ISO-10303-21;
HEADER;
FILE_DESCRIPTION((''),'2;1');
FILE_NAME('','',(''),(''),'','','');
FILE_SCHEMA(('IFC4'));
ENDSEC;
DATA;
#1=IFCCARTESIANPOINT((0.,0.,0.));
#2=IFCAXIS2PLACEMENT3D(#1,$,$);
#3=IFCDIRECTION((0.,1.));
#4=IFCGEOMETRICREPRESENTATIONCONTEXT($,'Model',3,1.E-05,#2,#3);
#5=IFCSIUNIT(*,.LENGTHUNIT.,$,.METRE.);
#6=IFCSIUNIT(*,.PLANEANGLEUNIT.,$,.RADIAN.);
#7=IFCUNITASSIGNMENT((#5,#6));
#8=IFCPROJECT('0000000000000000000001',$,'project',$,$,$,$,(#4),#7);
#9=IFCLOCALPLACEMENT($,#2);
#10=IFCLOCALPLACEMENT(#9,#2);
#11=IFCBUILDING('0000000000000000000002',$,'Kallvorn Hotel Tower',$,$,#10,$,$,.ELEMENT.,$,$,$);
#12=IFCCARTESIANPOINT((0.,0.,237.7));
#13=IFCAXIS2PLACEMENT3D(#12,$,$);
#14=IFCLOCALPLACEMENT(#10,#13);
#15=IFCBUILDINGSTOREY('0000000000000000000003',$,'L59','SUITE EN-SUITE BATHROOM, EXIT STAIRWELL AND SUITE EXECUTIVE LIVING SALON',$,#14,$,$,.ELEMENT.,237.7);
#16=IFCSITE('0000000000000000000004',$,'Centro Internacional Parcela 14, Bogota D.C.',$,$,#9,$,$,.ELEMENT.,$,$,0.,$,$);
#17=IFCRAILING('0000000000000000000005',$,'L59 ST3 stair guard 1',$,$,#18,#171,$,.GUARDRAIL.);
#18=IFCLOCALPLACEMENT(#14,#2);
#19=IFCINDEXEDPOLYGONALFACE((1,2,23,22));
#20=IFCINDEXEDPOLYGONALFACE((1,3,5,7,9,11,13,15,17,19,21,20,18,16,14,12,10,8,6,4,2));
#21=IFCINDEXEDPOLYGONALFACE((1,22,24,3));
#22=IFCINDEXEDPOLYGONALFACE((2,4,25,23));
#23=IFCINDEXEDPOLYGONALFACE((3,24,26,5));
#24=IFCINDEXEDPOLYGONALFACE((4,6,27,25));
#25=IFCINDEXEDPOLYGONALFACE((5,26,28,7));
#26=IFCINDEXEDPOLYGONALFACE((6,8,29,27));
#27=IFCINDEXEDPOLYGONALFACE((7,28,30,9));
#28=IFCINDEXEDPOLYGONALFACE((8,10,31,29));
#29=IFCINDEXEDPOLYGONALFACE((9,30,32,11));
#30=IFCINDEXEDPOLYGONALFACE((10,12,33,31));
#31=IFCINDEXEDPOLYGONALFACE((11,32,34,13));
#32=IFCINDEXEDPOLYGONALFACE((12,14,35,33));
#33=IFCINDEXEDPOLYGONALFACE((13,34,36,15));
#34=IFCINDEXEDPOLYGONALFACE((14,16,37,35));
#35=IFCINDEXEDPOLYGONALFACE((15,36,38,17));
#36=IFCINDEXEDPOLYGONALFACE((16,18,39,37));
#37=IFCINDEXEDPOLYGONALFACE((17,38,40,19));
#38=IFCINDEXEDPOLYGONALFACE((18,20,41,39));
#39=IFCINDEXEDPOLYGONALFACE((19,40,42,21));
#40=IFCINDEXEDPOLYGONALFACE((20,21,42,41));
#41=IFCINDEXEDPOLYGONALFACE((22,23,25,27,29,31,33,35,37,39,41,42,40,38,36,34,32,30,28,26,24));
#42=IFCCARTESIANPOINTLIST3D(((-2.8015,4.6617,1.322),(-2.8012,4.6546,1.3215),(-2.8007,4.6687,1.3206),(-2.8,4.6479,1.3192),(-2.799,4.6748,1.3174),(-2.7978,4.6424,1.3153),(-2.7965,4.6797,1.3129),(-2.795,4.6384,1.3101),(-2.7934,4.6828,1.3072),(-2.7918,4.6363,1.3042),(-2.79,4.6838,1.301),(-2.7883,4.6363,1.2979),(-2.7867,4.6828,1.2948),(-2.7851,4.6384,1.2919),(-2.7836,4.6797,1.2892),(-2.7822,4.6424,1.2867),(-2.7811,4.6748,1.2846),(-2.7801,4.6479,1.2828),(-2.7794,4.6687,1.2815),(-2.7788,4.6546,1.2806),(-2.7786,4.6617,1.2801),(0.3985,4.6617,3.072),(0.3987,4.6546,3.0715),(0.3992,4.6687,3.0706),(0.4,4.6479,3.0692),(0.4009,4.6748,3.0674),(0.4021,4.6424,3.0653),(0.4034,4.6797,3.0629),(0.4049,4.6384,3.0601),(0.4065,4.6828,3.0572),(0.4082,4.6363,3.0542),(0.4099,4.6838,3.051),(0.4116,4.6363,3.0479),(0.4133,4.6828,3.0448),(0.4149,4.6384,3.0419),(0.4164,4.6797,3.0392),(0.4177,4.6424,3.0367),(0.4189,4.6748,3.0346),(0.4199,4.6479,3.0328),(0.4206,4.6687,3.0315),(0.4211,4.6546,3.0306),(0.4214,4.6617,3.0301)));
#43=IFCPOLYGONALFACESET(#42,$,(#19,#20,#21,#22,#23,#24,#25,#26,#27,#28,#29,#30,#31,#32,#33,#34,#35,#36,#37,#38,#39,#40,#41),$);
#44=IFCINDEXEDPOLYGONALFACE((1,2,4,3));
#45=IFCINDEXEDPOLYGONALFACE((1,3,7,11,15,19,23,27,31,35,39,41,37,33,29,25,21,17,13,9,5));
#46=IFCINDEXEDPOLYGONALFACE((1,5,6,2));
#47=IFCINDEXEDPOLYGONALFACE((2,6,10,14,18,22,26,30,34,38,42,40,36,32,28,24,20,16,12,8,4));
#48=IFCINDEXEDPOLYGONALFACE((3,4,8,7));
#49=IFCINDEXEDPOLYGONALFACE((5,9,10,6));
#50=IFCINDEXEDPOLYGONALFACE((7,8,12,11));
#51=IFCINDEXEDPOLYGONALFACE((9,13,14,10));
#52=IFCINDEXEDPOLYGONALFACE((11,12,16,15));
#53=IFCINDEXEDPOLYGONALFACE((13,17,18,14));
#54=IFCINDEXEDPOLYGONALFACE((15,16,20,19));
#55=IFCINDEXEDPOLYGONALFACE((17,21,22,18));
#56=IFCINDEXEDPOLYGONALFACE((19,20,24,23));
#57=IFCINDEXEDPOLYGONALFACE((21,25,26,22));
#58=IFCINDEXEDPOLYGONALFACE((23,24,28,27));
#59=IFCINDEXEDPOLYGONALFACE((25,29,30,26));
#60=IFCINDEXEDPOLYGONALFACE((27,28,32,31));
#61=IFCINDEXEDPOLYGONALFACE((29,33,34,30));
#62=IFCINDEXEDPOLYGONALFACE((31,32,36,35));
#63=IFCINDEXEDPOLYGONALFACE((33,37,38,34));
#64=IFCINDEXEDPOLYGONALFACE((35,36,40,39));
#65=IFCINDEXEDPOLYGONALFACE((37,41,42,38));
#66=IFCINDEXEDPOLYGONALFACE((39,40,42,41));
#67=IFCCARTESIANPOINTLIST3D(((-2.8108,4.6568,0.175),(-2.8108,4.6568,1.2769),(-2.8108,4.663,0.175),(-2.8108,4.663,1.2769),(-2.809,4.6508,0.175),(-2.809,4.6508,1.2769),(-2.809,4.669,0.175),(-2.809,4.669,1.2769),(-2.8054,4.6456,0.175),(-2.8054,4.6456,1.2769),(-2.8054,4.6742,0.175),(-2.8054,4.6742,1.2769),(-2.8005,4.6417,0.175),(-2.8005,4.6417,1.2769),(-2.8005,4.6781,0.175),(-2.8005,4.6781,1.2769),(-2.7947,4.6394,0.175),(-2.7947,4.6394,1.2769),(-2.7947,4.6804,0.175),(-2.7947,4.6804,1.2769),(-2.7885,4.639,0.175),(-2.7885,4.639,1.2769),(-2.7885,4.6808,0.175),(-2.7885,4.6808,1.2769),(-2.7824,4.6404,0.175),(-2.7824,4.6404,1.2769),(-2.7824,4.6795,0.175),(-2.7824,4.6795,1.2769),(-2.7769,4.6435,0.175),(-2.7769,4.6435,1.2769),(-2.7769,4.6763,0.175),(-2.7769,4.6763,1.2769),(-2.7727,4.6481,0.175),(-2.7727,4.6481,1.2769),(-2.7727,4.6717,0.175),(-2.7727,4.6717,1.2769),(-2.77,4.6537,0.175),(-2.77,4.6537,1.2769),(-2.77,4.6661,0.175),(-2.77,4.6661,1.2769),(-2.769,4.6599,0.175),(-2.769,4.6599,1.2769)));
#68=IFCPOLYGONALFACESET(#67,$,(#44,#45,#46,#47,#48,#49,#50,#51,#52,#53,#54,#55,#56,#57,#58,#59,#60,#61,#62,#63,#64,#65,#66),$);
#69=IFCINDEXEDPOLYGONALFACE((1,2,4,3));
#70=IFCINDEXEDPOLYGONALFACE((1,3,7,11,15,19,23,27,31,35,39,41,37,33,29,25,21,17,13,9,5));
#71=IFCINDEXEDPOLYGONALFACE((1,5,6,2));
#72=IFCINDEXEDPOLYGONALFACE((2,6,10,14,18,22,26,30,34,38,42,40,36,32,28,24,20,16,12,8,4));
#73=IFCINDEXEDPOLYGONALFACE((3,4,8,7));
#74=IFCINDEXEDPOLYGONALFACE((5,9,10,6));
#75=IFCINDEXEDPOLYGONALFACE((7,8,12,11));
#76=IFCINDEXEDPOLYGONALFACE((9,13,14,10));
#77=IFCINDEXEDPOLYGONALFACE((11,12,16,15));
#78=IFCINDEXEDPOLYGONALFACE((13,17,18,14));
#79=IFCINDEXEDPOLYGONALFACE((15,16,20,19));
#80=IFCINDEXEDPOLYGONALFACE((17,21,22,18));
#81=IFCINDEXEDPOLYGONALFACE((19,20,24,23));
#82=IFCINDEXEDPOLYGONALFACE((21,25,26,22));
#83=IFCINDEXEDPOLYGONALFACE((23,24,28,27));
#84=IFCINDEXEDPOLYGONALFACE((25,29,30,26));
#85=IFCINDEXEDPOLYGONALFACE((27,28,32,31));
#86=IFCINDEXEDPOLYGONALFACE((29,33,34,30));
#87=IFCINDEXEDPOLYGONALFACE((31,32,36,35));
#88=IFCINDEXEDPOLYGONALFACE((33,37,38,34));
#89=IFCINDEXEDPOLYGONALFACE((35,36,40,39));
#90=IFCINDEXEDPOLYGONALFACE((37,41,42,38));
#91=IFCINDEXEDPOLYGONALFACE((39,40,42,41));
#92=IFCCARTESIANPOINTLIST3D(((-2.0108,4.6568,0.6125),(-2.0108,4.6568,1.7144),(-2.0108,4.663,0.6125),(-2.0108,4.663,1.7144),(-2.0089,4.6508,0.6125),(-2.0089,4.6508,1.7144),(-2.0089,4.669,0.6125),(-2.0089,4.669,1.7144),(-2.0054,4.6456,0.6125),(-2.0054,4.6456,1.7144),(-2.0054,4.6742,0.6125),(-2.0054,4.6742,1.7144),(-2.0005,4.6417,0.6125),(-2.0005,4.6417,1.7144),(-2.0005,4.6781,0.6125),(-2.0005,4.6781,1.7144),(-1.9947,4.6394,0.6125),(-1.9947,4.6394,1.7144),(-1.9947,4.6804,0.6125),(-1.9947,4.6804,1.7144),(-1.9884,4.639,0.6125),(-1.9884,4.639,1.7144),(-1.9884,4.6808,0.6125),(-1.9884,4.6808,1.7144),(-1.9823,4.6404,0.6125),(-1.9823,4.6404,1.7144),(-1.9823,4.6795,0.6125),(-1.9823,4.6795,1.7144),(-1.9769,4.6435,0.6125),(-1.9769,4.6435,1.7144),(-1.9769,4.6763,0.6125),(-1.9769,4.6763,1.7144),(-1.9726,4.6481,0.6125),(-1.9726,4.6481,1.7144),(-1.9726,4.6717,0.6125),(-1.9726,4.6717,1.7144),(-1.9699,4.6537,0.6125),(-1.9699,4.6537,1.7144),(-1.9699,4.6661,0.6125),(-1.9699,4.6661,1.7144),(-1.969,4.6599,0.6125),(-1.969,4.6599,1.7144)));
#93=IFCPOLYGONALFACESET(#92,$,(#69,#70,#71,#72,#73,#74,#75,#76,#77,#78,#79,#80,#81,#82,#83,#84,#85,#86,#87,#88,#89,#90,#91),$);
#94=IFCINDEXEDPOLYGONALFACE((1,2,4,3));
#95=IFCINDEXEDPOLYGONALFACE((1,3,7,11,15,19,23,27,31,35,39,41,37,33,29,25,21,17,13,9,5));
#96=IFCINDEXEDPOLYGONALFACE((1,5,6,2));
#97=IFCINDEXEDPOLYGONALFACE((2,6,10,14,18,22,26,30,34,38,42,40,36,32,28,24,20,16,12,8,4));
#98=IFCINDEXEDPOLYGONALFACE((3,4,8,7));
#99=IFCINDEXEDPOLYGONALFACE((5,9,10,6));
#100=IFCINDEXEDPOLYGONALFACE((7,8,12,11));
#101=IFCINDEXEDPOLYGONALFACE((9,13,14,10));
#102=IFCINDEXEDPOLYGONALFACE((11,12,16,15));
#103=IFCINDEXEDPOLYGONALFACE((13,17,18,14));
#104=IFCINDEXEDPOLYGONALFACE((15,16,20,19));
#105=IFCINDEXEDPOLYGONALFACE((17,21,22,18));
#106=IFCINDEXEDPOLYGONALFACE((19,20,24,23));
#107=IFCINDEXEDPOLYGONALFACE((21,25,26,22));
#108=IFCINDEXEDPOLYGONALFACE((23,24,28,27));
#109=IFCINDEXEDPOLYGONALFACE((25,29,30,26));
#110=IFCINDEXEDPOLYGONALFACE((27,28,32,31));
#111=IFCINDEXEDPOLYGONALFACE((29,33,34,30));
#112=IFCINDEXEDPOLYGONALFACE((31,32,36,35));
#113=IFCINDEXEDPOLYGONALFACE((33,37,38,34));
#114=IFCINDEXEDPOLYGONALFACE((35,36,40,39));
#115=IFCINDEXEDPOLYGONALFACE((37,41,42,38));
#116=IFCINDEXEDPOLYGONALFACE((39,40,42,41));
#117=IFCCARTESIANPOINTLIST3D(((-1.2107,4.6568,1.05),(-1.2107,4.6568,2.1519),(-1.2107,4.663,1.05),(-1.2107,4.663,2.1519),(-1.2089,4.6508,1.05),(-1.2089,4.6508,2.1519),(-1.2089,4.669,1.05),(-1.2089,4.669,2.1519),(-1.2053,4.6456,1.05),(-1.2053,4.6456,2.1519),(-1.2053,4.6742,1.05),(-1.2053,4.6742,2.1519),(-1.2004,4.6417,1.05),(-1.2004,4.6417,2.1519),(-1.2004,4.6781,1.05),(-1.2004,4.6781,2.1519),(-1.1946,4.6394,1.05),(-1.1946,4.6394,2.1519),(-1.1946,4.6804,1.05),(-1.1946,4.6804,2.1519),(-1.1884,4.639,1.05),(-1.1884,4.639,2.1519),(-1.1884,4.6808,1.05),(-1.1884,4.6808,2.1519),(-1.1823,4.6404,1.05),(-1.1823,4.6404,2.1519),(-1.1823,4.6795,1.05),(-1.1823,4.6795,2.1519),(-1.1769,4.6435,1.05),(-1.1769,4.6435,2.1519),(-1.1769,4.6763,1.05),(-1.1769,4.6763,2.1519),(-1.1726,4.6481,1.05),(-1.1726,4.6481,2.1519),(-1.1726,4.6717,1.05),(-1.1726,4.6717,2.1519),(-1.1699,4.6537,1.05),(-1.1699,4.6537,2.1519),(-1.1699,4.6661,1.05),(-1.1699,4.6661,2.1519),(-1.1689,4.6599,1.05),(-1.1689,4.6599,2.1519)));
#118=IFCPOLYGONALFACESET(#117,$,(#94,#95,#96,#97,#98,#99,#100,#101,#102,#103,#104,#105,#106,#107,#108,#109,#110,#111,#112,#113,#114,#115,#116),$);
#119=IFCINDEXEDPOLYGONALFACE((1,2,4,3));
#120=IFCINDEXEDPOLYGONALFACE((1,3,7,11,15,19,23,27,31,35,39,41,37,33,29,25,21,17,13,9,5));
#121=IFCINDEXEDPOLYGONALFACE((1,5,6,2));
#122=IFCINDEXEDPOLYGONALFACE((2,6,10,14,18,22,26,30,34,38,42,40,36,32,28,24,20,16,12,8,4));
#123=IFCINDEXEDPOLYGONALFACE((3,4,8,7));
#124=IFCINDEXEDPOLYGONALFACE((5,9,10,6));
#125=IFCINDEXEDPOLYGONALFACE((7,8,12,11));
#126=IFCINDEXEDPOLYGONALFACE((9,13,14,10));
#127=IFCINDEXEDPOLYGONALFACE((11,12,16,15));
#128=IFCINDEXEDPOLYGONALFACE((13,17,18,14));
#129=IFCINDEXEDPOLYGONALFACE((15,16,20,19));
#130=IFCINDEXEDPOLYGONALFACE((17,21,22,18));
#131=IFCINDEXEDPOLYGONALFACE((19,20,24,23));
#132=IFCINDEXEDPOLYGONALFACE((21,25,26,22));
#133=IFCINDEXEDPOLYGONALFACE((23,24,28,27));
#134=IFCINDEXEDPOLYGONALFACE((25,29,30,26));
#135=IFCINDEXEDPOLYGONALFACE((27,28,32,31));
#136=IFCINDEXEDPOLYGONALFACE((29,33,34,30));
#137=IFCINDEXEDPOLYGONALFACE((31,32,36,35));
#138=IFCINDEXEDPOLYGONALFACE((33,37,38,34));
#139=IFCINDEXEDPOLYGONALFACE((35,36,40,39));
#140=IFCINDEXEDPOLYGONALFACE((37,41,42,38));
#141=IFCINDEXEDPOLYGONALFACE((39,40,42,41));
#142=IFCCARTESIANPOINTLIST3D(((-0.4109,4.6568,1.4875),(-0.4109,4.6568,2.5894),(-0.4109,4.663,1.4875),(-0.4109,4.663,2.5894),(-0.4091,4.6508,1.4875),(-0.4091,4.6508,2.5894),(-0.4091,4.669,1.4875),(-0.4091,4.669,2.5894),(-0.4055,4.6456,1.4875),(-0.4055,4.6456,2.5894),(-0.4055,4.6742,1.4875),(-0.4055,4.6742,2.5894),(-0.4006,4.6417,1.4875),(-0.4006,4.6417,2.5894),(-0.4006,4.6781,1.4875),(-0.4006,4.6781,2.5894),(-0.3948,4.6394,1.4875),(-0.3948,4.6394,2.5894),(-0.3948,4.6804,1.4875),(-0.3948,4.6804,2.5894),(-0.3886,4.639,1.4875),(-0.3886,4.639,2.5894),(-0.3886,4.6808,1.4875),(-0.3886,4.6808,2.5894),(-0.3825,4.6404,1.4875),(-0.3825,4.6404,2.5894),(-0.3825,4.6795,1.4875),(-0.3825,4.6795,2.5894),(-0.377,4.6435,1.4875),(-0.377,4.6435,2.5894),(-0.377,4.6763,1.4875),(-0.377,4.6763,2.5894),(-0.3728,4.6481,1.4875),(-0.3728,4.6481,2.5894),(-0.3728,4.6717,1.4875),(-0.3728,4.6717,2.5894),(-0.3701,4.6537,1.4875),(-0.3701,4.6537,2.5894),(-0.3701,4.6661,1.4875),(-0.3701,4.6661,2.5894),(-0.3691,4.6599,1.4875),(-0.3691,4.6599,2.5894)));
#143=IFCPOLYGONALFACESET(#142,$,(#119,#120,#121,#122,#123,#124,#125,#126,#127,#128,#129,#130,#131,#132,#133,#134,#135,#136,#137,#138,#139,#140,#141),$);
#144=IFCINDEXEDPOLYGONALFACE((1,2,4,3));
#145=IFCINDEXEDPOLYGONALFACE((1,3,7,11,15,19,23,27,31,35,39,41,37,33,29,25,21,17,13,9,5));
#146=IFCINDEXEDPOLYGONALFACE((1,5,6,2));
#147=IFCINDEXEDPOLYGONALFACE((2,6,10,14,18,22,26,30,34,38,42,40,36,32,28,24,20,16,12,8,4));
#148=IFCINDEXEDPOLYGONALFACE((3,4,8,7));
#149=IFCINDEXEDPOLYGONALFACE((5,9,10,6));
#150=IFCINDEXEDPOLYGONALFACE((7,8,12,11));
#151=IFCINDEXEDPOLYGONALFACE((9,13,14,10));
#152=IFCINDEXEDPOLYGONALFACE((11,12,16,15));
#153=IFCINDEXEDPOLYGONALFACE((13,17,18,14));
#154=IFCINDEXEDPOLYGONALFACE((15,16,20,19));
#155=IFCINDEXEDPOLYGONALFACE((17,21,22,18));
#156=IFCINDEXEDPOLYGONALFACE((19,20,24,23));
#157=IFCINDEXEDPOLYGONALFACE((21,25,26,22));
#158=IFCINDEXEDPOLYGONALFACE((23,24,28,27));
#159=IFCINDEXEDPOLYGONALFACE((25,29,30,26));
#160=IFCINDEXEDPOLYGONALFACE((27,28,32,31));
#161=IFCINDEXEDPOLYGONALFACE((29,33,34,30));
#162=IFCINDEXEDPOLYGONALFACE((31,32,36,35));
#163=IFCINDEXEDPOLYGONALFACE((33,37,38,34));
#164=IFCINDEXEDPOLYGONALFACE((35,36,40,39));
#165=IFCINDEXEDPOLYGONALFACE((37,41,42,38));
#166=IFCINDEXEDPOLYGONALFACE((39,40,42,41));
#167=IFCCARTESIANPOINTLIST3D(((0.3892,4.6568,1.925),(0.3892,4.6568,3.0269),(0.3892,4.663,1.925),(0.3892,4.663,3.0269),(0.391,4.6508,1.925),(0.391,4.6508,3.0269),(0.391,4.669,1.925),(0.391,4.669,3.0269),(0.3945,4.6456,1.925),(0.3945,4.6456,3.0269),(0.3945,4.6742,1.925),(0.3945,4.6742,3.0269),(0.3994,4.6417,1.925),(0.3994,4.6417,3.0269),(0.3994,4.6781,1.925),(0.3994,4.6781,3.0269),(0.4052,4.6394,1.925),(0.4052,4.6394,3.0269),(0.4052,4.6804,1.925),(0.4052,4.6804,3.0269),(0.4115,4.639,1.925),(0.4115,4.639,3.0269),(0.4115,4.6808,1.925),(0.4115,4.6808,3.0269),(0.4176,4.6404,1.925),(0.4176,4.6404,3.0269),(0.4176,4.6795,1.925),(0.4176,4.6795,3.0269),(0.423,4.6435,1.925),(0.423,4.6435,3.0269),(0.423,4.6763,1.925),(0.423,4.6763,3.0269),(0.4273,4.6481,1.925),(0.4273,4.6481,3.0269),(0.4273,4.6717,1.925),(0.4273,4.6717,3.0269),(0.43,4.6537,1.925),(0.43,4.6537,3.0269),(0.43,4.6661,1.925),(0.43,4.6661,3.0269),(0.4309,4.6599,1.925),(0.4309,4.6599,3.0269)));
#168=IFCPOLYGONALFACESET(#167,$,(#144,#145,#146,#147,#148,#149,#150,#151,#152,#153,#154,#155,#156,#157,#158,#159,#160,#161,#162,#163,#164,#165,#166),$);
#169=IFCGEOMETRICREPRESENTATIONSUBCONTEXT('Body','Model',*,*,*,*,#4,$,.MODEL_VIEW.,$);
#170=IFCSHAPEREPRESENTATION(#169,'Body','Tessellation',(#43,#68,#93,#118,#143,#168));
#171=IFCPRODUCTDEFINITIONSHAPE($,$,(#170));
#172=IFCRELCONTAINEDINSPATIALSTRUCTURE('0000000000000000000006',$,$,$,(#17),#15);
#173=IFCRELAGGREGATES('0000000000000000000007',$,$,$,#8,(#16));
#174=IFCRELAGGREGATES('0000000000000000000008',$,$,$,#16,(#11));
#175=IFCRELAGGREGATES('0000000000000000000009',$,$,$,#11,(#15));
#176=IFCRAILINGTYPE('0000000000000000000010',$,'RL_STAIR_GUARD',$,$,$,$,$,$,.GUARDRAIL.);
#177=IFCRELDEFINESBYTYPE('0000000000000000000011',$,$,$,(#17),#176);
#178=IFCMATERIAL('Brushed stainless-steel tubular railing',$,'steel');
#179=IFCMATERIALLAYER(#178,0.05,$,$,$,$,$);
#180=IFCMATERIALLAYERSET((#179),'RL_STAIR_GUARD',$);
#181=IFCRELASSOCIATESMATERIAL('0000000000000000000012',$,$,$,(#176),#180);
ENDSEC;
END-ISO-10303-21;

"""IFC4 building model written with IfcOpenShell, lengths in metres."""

from ifc_helpers import new_model, si_unit, direction, frame, origin, origin_2d, place, context, subcontext, project, spatial, circle, extrude, material, layer, layer_set, type_object, element, save


model = new_model("IFC4")

# Units and contexts
model_context = context("Model", 3, precision=1e-05, world=origin(), true_north=direction((0.0, 1.0)))
body_context = subcontext(model_context, "Body", "Model", "MODEL_VIEW")
ifc_project = project(units=[si_unit("LENGTHUNIT", "METRE"), si_unit("PLANEANGLEUNIT", "RADIAN")], contexts=[model_context])

# Site, building, storey
site_placement = place(None, origin())
site = spatial("IfcSite", under=ifc_project, at=site_placement, Name="Centro Internacional Parcela 14, Bogota D.C.", CompositionType="ELEMENT", RefElevation=0.0)
building_placement = place(site_placement, origin())
building = spatial("IfcBuilding", under=site, at=building_placement, Name="Kallvorn Hotel Tower", CompositionType="ELEMENT")
storey_placement = place(building_placement, frame((0.0, 0.0, 237.7)))
storey = spatial("IfcBuildingStorey", under=building, at=storey_placement, Name="L59", Description="SUITE EN-SUITE BATHROOM, EXIT STAIRWELL AND SUITE EXECUTIVE LIVING SALON", CompositionType="ELEMENT", Elevation=237.7)

# Railing
ifc_material_1 = material(Name="Brushed stainless-steel tubular railing", Category="steel")
ifc_layer_1 = layer(ifc_material_1, 0.05)
ifc_layer_set_1 = layer_set([ifc_layer_1], Name="RL_STAIR_GUARD")
railing_type_1 = type_object("IfcRailingType", Name="RL_STAIR_GUARD", PredefinedType="GUARDRAIL", material=ifc_layer_set_1)
railing_1_placement = place(storey_placement, frame((-2.79, 4.6599, 0.175)))
element("IfcRailing", 1, at=railing_1_placement, inside=storey, type_object=railing_type_1, Name="L59 ST3 stair guard 1", PredefinedType="GUARDRAIL", context=body_context, shape_type="SweptSolid", body=[
    extrude(circle(Radius=0.0239, at=origin_2d()), frame((0.0, 0.0, 1.126), z_axis=(0.877368, 0.0, 0.479818), x_axis=(0.0, 1.0, 0.0)), (0.0, 0.0, 1.0), 3.6472),
    extrude(circle(Radius=0.021, at=origin_2d()), origin(), (0.0, 0.0, 1.0), 1.1018),
    extrude(circle(Radius=0.021, at=origin_2d()), frame((0.8, 0.0, 0.4375)), (0.0, 0.0, 1.0), 1.1018),
    extrude(circle(Radius=0.021, at=origin_2d()), frame((1.6001, 0.0, 0.875)), (0.0, 0.0, 1.0), 1.1018),
    extrude(circle(Radius=0.021, at=origin_2d()), frame((2.3999, 0.0, 1.3125)), (0.0, 0.0, 1.0), 1.1018),
    extrude(circle(Radius=0.021, at=origin_2d()), frame((3.2, 0.0, 1.75)), (0.0, 0.0, 1.0), 1.1018),
])

save(model, "model.ifc")
